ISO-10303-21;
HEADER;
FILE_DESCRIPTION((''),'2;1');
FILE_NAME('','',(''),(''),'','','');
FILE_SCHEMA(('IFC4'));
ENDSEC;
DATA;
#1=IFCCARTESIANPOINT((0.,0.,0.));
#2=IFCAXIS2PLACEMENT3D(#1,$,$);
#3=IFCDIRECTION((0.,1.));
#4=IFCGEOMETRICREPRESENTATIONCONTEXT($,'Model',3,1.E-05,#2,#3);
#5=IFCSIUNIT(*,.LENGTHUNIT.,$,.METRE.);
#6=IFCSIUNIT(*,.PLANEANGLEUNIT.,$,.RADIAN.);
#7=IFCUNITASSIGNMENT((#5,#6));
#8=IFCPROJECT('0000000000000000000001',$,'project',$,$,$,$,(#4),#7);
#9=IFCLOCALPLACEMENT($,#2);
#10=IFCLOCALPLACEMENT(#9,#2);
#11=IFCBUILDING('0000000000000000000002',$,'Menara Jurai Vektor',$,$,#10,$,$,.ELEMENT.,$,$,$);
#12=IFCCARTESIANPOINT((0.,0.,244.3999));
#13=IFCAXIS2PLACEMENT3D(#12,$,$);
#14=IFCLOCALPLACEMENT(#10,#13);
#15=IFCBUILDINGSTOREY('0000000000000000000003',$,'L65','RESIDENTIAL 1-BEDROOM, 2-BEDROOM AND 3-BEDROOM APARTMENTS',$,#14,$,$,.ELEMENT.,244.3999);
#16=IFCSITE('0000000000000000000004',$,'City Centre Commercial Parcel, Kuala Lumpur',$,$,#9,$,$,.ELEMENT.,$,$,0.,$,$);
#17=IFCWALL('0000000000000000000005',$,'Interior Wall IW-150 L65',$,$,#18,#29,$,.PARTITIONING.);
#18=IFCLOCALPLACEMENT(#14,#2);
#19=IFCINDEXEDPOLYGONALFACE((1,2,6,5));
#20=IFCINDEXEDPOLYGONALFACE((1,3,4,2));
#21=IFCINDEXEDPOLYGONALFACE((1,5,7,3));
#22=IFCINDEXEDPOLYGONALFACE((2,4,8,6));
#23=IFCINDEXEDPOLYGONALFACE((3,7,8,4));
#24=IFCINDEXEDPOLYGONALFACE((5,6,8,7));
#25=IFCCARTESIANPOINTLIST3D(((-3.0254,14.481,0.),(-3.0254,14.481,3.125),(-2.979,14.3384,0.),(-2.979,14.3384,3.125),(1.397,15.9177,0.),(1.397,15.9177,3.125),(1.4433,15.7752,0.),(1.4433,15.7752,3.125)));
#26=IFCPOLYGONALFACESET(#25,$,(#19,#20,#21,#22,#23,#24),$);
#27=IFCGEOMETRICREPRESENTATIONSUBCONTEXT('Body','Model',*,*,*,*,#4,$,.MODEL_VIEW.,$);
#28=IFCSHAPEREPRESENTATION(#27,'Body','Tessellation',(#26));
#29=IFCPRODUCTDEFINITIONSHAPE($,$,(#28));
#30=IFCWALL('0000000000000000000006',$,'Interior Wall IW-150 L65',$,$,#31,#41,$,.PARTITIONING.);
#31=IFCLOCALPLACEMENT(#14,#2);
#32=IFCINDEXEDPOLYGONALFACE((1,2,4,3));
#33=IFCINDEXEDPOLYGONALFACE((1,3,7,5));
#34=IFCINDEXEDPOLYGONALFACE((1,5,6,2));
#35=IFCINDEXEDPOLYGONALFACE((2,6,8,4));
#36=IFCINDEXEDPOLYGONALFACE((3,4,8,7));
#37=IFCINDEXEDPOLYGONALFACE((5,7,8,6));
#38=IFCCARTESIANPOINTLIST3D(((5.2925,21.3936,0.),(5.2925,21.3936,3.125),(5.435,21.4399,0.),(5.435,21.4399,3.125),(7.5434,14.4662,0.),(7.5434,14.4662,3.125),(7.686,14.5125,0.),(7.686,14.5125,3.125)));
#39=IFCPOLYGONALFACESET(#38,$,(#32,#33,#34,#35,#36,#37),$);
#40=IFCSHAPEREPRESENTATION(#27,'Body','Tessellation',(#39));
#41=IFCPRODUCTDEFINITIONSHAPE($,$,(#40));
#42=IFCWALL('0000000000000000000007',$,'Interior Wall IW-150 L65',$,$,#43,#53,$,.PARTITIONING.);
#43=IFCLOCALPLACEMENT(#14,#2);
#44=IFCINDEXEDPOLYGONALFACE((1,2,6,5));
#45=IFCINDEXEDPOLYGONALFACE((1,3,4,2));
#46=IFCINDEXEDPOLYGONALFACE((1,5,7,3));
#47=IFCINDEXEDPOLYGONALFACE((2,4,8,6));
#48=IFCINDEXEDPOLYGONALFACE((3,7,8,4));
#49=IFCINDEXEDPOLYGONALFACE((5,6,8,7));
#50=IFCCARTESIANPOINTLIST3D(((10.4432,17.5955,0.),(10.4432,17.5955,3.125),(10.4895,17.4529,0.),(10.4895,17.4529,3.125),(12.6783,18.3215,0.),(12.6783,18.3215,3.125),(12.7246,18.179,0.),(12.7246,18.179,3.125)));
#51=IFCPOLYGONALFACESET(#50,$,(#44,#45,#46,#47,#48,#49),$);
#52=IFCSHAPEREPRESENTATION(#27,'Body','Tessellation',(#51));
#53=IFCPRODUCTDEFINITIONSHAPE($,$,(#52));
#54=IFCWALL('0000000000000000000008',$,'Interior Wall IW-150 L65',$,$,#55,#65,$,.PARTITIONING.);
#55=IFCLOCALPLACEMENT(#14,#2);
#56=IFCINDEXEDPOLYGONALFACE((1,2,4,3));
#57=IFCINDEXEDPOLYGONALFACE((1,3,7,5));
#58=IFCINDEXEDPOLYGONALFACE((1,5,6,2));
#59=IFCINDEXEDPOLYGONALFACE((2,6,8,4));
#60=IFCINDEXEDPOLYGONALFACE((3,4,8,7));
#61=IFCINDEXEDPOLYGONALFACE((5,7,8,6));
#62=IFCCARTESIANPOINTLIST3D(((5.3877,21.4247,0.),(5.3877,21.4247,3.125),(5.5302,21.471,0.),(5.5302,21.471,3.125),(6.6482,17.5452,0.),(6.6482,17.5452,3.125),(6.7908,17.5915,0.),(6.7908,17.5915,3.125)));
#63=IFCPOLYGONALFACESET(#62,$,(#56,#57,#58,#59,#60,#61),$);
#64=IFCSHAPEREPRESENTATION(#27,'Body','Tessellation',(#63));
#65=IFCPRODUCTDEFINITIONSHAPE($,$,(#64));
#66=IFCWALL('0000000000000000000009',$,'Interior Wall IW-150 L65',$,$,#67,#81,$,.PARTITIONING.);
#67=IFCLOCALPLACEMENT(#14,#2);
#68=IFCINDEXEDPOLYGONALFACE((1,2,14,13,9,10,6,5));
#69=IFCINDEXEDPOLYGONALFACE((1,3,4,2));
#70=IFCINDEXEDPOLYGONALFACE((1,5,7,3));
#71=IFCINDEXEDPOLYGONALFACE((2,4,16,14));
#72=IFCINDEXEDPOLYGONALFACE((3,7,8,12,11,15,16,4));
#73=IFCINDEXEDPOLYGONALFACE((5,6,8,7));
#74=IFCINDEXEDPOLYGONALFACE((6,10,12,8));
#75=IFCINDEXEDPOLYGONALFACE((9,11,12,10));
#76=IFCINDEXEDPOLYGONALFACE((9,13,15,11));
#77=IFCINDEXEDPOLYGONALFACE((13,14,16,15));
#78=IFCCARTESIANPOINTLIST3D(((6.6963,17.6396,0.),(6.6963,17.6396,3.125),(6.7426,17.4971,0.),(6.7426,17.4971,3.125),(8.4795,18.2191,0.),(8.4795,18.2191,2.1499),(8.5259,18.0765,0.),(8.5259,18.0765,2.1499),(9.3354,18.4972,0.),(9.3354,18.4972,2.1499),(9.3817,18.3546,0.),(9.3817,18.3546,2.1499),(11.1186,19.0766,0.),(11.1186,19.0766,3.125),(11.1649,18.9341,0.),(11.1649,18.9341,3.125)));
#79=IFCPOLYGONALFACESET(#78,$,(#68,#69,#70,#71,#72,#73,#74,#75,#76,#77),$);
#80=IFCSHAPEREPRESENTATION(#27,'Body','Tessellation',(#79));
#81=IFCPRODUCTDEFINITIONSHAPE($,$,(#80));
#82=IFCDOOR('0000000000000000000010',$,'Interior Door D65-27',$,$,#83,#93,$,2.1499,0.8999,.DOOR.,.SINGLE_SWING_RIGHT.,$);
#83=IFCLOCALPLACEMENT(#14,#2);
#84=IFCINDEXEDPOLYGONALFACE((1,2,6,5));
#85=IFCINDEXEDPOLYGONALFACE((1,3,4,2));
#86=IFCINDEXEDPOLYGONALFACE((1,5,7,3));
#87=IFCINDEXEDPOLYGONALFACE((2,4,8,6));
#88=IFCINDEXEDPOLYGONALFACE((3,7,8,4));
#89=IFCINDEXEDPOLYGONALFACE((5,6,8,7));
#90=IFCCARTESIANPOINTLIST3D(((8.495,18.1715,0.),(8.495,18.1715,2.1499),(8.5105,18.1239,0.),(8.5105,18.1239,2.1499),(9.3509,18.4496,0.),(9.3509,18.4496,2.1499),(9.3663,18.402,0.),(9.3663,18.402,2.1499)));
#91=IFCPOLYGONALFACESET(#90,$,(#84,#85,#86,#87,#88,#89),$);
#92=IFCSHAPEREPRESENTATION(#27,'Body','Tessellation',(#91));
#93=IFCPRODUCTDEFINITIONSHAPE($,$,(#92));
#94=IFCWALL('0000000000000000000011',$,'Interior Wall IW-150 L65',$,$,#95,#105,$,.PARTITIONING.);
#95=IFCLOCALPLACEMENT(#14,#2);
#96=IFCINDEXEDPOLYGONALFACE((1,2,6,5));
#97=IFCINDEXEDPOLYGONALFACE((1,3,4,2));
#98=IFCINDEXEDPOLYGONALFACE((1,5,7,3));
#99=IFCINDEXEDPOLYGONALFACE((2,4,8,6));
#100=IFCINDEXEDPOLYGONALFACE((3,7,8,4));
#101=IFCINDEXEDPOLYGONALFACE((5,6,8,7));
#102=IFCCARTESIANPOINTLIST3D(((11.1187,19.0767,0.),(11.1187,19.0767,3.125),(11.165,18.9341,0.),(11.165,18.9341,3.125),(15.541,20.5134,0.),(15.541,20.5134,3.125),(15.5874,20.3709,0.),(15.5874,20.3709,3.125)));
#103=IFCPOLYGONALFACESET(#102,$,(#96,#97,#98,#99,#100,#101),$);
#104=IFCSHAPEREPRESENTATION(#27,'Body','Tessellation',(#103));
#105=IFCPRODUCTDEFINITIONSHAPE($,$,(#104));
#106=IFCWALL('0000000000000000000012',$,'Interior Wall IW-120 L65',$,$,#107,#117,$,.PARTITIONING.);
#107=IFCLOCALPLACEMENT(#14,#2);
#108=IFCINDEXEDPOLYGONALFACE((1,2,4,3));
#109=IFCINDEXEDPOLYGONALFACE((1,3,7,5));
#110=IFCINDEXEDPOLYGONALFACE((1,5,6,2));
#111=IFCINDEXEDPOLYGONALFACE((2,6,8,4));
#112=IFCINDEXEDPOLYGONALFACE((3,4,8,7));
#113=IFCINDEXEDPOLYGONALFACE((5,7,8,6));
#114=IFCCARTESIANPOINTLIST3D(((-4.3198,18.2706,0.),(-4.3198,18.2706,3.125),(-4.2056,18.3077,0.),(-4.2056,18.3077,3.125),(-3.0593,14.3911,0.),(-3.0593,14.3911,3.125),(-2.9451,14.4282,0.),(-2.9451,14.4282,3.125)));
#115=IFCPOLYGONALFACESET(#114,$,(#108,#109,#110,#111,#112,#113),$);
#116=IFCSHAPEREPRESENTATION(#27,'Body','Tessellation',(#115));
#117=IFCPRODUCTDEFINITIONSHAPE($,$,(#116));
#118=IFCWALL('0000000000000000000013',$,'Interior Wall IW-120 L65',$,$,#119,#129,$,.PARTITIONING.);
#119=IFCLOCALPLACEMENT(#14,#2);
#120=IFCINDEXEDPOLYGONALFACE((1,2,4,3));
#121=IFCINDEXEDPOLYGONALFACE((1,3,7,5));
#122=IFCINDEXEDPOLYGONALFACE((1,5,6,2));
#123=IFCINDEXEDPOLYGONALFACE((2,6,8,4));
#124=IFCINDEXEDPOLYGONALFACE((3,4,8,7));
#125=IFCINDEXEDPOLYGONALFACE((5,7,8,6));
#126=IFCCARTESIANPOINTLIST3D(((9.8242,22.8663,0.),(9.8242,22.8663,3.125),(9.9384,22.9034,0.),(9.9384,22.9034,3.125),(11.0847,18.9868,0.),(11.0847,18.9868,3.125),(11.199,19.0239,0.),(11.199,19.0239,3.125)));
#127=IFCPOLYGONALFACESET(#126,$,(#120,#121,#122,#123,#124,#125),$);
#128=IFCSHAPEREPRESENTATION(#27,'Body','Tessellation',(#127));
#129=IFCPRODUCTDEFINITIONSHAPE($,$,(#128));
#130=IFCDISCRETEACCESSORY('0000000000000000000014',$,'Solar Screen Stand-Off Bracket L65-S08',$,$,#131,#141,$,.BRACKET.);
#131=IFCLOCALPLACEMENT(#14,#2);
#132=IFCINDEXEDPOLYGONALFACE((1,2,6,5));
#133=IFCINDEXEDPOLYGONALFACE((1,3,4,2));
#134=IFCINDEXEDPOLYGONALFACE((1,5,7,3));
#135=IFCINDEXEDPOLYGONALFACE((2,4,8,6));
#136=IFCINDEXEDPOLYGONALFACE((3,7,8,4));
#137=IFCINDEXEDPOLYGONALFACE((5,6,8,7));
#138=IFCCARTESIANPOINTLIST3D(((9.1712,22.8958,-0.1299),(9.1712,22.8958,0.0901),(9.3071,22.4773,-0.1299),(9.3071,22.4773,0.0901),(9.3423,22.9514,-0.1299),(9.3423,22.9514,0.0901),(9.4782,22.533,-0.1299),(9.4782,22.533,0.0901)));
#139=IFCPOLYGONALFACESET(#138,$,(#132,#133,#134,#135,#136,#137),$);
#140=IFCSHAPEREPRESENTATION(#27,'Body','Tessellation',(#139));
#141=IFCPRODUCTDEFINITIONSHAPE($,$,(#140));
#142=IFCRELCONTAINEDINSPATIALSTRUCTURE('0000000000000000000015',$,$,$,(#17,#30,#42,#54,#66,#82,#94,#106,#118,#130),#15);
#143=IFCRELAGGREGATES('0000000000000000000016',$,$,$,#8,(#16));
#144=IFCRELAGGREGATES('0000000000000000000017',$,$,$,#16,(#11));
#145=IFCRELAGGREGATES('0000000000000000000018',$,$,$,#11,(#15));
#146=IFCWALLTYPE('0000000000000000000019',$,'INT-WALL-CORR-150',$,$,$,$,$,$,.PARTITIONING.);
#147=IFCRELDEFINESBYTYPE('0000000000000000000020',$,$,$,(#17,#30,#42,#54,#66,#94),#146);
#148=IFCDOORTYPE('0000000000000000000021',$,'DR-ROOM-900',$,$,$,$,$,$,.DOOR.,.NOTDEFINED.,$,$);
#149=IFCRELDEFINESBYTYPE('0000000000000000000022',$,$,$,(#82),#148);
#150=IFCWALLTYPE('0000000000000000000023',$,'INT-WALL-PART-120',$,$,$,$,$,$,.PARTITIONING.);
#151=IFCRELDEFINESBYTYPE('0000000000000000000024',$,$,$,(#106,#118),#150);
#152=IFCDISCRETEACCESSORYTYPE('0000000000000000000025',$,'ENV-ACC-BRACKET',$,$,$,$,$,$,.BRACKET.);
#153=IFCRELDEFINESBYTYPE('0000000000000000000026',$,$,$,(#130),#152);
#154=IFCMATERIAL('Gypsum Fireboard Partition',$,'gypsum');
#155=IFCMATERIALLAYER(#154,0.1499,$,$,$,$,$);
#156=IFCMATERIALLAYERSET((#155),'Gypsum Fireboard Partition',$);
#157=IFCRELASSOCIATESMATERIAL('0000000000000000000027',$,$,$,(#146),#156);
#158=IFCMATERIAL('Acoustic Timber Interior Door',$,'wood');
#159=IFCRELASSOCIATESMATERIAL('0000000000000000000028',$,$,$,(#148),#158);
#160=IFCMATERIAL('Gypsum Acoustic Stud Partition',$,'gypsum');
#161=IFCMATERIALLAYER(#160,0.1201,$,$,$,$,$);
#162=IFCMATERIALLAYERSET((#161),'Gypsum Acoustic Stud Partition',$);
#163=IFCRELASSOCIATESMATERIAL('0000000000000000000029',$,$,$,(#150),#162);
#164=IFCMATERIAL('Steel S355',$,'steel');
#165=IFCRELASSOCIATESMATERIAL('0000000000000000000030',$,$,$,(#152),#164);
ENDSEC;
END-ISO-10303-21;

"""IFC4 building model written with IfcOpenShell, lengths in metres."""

from ifc_helpers import new_model, si_unit, direction, frame, frame_2d, origin, origin_2d, place, context, subcontext, project, spatial, rectangle, extrude, material, layer, layer_set, type_object, element, fill, save


model = new_model("IFC4")

# Units and contexts
model_context = context("Model", 3, precision=1e-05, world=origin(), true_north=direction((0.0, 1.0)))
body_context = subcontext(model_context, "Body", "Model", "MODEL_VIEW")
ifc_project = project(units=[si_unit("LENGTHUNIT", "METRE"), si_unit("PLANEANGLEUNIT", "RADIAN")], contexts=[model_context])

# Site, building, storey
site_placement = place(None, origin())
site = spatial("IfcSite", under=ifc_project, at=site_placement, Name="City Centre Commercial Parcel, Kuala Lumpur", CompositionType="ELEMENT", RefElevation=0.0)
building_placement = place(site_placement, origin())
building = spatial("IfcBuilding", under=site, at=building_placement, Name="Menara Jurai Vektor", CompositionType="ELEMENT")
storey_placement = place(building_placement, frame((0.0, 0.0, 244.3999)))
storey = spatial("IfcBuildingStorey", under=building, at=storey_placement, Name="L65", Description="RESIDENTIAL 1-BEDROOM, 2-BEDROOM AND 3-BEDROOM APARTMENTS", CompositionType="ELEMENT", Elevation=244.3999)

# Shared definitions
ifc_material_1 = material(Name="Steel S355", Category="steel")

# Wall
ifc_material_2 = material(Name="Gypsum Fireboard Partition", Category="gypsum")
ifc_layer_1 = layer(ifc_material_2, 0.1499)
ifc_layer_set_1 = layer_set([ifc_layer_1], Name="Gypsum Fireboard Partition")
wall_type_1 = type_object("IfcWallType", Name="INT-WALL-CORR-150", PredefinedType="PARTITIONING", material=ifc_layer_set_1)
wall_1_placement = place(storey_placement, frame((-3.0022, 14.4097, 0.0), z_axis=(0.0, 0.0, 1.0), x_axis=(0.951066, 0.308989, 0.0)))
element("IfcWall", 1, at=wall_1_placement, inside=storey, type_object=wall_type_1, Name="Interior Wall IW-150 L65", PredefinedType="PARTITIONING", context=body_context, shape_type="SweptSolid", body=[
    extrude(rectangle(XDim=4.6499, YDim=0.1499, at=frame_2d((2.325, 0.0))), origin(), (0.0, 0.0, 1.0), 3.125),
])

# Shared definitions
ifc_material_3 = material(Name="Acoustic Timber Interior Door", Category="wood")
door_type_1 = type_object("IfcDoorType", Name="DR-ROOM-900", OperationType="NOTDEFINED", PredefinedType="DOOR", material=ifc_material_3)

# Wall
wall_2_placement = place(storey_placement, frame((7.6147, 14.4893, 0.0), z_axis=(0.0, 0.0, 1.0), x_axis=(-0.309029, 0.951053, 0.0)))
element("IfcWall", 2, at=wall_2_placement, inside=storey, type_object=wall_type_1, Name="Interior Wall IW-150 L65", PredefinedType="PARTITIONING", context=body_context, shape_type="SweptSolid", body=[
    extrude(rectangle(XDim=7.2839, YDim=0.1499, at=frame_2d((3.6421, 0.0))), origin(), (0.0, 0.0, 1.0), 3.125),
])

# Walls
wall_3_placement = place(storey_placement, frame((10.4663, 17.5242, 0.0), z_axis=(0.0, 0.0, 1.0), x_axis=(0.951076, 0.308957, 0.0)))
element("IfcWall", 3, at=wall_3_placement, inside=storey, type_object=wall_type_1, Name="Interior Wall IW-150 L65", PredefinedType="PARTITIONING", context=body_context, shape_type="SweptSolid", body=[
    extrude(rectangle(XDim=2.3501, YDim=0.1499, at=frame_2d((1.175, 0.0))), origin(), (0.0, 0.0, 1.0), 3.125),
])
wall_4_placement = place(storey_placement, frame((6.7195, 17.5684, 0.0), z_axis=(0.0, 0.0, 1.0), x_axis=(-0.309018, 0.951056, 0.0)))
element("IfcWall", 4, at=wall_4_placement, inside=storey, type_object=wall_type_1, Name="Interior Wall IW-150 L65", PredefinedType="PARTITIONING", context=body_context, shape_type="SweptSolid", body=[
    extrude(rectangle(XDim=4.0791, YDim=0.1499, at=frame_2d((2.0396, 0.0))), origin(), (0.0, 0.0, 1.0), 3.125),
])

# Wall, opening, door
wall_5_placement = place(storey_placement, frame((6.7195, 17.5684, 0.0), z_axis=(0.0, 0.0, 1.0), x_axis=(0.95105, 0.309036, 0.0)))
wall_5 = element("IfcWall", 5, at=wall_5_placement, inside=storey, type_object=wall_type_1, Name="Interior Wall IW-150 L65", PredefinedType="PARTITIONING", context=body_context, shape_type="SweptSolid", body=[
    extrude(rectangle(XDim=4.6499, YDim=0.1499, at=frame_2d((2.325, 0.0))), origin(), (0.0, 0.0, 1.0), 3.125),
])
opening_1_placement = place(wall_5_placement, frame((1.875, 0.0, 0.0)))
opening_1 = element("IfcOpeningElement", 6, at=opening_1_placement, cuts=wall_5, PredefinedType="OPENING", context=body_context, shape_type="SweptSolid", body=[
    extrude(rectangle(XDim=0.8999, YDim=2.1499, at=frame_2d((0.45, 1.075))), frame((0.0, 0.085, 0.0), z_axis=(0.0, -1.0, 0.0), x_axis=(1.0, 0.0, 0.0)), (0.0, 0.0, 1.0), 0.1699),
])
door_1_placement = place(opening_1_placement, origin())
door_1 = element("IfcDoor", 7, at=door_1_placement, inside=storey, type_object=door_type_1, Name="Interior Door D65-27", OperationType="SINGLE_SWING_RIGHT", OverallHeight=2.1499, OverallWidth=0.8999, PredefinedType="DOOR", context=body_context, shape_type="SweptSolid", body=[
    extrude(rectangle(XDim=0.8999, YDim=2.1499, at=frame_2d((0.45, 1.075))), frame((0.0, 0.0249, 0.0), z_axis=(0.0, -1.0, 0.0), x_axis=(1.0, 0.0, 0.0)), (0.0, 0.0, 1.0), 0.05),
])
fill(opening_1, door_1)

# Walls
wall_6_placement = place(storey_placement, frame((11.1418, 19.0054, 0.0), z_axis=(0.0, 0.0, 1.0), x_axis=(0.951066, 0.308989, 0.0)))
element("IfcWall", 8, at=wall_6_placement, inside=storey, type_object=wall_type_1, Name="Interior Wall IW-150 L65", PredefinedType="PARTITIONING", context=body_context, shape_type="SweptSolid", body=[
    extrude(rectangle(XDim=4.6499, YDim=0.1499, at=frame_2d((2.325, 0.0))), origin(), (0.0, 0.0, 1.0), 3.125),
])
ifc_material_4 = material(Name="Gypsum Acoustic Stud Partition", Category="gypsum")
ifc_layer_2 = layer(ifc_material_4, 0.1201)
ifc_layer_set_2 = layer_set([ifc_layer_2], Name="Gypsum Acoustic Stud Partition")
wall_type_2 = type_object("IfcWallType", Name="INT-WALL-PART-120", PredefinedType="PARTITIONING", material=ifc_layer_set_2)
for number, where, z_axis, x_axis, name in (
    (9, (-3.0022, 14.4097, 0.0), (0.0, 0.0, 1.0), (-0.309018, 0.951056, 0.0), "Interior Wall IW-120 L65"),
    (10, (11.1418, 19.0054, 0.0), (0.0, 0.0, 1.0), (-0.309018, 0.951056, 0.0), "Interior Wall IW-120 L65"),
):
    element("IfcWall", number, at=place(storey_placement, frame(where, z_axis=z_axis, x_axis=x_axis)), inside=storey, type_object=wall_type_2, Name=name, PredefinedType="PARTITIONING", context=body_context, shape_type="SweptSolid", body=[
        extrude(rectangle(XDim=4.0791, YDim=0.1201, at=frame_2d((2.0396, 0.0))), origin(), (0.0, 0.0, 1.0), 3.125),
    ])

# Discrete accessory
discrete_accessory_type = type_object("IfcDiscreteAccessoryType", Name="ENV-ACC-BRACKET", PredefinedType="BRACKET", material=ifc_material_1)
discrete_accessory_placement = place(storey_placement, frame((9.3247, 22.7144, -0.1299), z_axis=(0.0, 0.0, 1.0), x_axis=(-0.951057, -0.309017, 0.0)))
element("IfcDiscreteAccessory", 11, at=discrete_accessory_placement, inside=storey, type_object=discrete_accessory_type, Name="Solar Screen Stand-Off Bracket L65-S08", PredefinedType="BRACKET", context=body_context, shape_type="SweptSolid", body=[
    extrude(rectangle(XDim=0.1799, YDim=0.4399, at=origin_2d()), origin(), (0.0, 0.0, 1.0), 0.22),
])

save(model, "model.ifc")
